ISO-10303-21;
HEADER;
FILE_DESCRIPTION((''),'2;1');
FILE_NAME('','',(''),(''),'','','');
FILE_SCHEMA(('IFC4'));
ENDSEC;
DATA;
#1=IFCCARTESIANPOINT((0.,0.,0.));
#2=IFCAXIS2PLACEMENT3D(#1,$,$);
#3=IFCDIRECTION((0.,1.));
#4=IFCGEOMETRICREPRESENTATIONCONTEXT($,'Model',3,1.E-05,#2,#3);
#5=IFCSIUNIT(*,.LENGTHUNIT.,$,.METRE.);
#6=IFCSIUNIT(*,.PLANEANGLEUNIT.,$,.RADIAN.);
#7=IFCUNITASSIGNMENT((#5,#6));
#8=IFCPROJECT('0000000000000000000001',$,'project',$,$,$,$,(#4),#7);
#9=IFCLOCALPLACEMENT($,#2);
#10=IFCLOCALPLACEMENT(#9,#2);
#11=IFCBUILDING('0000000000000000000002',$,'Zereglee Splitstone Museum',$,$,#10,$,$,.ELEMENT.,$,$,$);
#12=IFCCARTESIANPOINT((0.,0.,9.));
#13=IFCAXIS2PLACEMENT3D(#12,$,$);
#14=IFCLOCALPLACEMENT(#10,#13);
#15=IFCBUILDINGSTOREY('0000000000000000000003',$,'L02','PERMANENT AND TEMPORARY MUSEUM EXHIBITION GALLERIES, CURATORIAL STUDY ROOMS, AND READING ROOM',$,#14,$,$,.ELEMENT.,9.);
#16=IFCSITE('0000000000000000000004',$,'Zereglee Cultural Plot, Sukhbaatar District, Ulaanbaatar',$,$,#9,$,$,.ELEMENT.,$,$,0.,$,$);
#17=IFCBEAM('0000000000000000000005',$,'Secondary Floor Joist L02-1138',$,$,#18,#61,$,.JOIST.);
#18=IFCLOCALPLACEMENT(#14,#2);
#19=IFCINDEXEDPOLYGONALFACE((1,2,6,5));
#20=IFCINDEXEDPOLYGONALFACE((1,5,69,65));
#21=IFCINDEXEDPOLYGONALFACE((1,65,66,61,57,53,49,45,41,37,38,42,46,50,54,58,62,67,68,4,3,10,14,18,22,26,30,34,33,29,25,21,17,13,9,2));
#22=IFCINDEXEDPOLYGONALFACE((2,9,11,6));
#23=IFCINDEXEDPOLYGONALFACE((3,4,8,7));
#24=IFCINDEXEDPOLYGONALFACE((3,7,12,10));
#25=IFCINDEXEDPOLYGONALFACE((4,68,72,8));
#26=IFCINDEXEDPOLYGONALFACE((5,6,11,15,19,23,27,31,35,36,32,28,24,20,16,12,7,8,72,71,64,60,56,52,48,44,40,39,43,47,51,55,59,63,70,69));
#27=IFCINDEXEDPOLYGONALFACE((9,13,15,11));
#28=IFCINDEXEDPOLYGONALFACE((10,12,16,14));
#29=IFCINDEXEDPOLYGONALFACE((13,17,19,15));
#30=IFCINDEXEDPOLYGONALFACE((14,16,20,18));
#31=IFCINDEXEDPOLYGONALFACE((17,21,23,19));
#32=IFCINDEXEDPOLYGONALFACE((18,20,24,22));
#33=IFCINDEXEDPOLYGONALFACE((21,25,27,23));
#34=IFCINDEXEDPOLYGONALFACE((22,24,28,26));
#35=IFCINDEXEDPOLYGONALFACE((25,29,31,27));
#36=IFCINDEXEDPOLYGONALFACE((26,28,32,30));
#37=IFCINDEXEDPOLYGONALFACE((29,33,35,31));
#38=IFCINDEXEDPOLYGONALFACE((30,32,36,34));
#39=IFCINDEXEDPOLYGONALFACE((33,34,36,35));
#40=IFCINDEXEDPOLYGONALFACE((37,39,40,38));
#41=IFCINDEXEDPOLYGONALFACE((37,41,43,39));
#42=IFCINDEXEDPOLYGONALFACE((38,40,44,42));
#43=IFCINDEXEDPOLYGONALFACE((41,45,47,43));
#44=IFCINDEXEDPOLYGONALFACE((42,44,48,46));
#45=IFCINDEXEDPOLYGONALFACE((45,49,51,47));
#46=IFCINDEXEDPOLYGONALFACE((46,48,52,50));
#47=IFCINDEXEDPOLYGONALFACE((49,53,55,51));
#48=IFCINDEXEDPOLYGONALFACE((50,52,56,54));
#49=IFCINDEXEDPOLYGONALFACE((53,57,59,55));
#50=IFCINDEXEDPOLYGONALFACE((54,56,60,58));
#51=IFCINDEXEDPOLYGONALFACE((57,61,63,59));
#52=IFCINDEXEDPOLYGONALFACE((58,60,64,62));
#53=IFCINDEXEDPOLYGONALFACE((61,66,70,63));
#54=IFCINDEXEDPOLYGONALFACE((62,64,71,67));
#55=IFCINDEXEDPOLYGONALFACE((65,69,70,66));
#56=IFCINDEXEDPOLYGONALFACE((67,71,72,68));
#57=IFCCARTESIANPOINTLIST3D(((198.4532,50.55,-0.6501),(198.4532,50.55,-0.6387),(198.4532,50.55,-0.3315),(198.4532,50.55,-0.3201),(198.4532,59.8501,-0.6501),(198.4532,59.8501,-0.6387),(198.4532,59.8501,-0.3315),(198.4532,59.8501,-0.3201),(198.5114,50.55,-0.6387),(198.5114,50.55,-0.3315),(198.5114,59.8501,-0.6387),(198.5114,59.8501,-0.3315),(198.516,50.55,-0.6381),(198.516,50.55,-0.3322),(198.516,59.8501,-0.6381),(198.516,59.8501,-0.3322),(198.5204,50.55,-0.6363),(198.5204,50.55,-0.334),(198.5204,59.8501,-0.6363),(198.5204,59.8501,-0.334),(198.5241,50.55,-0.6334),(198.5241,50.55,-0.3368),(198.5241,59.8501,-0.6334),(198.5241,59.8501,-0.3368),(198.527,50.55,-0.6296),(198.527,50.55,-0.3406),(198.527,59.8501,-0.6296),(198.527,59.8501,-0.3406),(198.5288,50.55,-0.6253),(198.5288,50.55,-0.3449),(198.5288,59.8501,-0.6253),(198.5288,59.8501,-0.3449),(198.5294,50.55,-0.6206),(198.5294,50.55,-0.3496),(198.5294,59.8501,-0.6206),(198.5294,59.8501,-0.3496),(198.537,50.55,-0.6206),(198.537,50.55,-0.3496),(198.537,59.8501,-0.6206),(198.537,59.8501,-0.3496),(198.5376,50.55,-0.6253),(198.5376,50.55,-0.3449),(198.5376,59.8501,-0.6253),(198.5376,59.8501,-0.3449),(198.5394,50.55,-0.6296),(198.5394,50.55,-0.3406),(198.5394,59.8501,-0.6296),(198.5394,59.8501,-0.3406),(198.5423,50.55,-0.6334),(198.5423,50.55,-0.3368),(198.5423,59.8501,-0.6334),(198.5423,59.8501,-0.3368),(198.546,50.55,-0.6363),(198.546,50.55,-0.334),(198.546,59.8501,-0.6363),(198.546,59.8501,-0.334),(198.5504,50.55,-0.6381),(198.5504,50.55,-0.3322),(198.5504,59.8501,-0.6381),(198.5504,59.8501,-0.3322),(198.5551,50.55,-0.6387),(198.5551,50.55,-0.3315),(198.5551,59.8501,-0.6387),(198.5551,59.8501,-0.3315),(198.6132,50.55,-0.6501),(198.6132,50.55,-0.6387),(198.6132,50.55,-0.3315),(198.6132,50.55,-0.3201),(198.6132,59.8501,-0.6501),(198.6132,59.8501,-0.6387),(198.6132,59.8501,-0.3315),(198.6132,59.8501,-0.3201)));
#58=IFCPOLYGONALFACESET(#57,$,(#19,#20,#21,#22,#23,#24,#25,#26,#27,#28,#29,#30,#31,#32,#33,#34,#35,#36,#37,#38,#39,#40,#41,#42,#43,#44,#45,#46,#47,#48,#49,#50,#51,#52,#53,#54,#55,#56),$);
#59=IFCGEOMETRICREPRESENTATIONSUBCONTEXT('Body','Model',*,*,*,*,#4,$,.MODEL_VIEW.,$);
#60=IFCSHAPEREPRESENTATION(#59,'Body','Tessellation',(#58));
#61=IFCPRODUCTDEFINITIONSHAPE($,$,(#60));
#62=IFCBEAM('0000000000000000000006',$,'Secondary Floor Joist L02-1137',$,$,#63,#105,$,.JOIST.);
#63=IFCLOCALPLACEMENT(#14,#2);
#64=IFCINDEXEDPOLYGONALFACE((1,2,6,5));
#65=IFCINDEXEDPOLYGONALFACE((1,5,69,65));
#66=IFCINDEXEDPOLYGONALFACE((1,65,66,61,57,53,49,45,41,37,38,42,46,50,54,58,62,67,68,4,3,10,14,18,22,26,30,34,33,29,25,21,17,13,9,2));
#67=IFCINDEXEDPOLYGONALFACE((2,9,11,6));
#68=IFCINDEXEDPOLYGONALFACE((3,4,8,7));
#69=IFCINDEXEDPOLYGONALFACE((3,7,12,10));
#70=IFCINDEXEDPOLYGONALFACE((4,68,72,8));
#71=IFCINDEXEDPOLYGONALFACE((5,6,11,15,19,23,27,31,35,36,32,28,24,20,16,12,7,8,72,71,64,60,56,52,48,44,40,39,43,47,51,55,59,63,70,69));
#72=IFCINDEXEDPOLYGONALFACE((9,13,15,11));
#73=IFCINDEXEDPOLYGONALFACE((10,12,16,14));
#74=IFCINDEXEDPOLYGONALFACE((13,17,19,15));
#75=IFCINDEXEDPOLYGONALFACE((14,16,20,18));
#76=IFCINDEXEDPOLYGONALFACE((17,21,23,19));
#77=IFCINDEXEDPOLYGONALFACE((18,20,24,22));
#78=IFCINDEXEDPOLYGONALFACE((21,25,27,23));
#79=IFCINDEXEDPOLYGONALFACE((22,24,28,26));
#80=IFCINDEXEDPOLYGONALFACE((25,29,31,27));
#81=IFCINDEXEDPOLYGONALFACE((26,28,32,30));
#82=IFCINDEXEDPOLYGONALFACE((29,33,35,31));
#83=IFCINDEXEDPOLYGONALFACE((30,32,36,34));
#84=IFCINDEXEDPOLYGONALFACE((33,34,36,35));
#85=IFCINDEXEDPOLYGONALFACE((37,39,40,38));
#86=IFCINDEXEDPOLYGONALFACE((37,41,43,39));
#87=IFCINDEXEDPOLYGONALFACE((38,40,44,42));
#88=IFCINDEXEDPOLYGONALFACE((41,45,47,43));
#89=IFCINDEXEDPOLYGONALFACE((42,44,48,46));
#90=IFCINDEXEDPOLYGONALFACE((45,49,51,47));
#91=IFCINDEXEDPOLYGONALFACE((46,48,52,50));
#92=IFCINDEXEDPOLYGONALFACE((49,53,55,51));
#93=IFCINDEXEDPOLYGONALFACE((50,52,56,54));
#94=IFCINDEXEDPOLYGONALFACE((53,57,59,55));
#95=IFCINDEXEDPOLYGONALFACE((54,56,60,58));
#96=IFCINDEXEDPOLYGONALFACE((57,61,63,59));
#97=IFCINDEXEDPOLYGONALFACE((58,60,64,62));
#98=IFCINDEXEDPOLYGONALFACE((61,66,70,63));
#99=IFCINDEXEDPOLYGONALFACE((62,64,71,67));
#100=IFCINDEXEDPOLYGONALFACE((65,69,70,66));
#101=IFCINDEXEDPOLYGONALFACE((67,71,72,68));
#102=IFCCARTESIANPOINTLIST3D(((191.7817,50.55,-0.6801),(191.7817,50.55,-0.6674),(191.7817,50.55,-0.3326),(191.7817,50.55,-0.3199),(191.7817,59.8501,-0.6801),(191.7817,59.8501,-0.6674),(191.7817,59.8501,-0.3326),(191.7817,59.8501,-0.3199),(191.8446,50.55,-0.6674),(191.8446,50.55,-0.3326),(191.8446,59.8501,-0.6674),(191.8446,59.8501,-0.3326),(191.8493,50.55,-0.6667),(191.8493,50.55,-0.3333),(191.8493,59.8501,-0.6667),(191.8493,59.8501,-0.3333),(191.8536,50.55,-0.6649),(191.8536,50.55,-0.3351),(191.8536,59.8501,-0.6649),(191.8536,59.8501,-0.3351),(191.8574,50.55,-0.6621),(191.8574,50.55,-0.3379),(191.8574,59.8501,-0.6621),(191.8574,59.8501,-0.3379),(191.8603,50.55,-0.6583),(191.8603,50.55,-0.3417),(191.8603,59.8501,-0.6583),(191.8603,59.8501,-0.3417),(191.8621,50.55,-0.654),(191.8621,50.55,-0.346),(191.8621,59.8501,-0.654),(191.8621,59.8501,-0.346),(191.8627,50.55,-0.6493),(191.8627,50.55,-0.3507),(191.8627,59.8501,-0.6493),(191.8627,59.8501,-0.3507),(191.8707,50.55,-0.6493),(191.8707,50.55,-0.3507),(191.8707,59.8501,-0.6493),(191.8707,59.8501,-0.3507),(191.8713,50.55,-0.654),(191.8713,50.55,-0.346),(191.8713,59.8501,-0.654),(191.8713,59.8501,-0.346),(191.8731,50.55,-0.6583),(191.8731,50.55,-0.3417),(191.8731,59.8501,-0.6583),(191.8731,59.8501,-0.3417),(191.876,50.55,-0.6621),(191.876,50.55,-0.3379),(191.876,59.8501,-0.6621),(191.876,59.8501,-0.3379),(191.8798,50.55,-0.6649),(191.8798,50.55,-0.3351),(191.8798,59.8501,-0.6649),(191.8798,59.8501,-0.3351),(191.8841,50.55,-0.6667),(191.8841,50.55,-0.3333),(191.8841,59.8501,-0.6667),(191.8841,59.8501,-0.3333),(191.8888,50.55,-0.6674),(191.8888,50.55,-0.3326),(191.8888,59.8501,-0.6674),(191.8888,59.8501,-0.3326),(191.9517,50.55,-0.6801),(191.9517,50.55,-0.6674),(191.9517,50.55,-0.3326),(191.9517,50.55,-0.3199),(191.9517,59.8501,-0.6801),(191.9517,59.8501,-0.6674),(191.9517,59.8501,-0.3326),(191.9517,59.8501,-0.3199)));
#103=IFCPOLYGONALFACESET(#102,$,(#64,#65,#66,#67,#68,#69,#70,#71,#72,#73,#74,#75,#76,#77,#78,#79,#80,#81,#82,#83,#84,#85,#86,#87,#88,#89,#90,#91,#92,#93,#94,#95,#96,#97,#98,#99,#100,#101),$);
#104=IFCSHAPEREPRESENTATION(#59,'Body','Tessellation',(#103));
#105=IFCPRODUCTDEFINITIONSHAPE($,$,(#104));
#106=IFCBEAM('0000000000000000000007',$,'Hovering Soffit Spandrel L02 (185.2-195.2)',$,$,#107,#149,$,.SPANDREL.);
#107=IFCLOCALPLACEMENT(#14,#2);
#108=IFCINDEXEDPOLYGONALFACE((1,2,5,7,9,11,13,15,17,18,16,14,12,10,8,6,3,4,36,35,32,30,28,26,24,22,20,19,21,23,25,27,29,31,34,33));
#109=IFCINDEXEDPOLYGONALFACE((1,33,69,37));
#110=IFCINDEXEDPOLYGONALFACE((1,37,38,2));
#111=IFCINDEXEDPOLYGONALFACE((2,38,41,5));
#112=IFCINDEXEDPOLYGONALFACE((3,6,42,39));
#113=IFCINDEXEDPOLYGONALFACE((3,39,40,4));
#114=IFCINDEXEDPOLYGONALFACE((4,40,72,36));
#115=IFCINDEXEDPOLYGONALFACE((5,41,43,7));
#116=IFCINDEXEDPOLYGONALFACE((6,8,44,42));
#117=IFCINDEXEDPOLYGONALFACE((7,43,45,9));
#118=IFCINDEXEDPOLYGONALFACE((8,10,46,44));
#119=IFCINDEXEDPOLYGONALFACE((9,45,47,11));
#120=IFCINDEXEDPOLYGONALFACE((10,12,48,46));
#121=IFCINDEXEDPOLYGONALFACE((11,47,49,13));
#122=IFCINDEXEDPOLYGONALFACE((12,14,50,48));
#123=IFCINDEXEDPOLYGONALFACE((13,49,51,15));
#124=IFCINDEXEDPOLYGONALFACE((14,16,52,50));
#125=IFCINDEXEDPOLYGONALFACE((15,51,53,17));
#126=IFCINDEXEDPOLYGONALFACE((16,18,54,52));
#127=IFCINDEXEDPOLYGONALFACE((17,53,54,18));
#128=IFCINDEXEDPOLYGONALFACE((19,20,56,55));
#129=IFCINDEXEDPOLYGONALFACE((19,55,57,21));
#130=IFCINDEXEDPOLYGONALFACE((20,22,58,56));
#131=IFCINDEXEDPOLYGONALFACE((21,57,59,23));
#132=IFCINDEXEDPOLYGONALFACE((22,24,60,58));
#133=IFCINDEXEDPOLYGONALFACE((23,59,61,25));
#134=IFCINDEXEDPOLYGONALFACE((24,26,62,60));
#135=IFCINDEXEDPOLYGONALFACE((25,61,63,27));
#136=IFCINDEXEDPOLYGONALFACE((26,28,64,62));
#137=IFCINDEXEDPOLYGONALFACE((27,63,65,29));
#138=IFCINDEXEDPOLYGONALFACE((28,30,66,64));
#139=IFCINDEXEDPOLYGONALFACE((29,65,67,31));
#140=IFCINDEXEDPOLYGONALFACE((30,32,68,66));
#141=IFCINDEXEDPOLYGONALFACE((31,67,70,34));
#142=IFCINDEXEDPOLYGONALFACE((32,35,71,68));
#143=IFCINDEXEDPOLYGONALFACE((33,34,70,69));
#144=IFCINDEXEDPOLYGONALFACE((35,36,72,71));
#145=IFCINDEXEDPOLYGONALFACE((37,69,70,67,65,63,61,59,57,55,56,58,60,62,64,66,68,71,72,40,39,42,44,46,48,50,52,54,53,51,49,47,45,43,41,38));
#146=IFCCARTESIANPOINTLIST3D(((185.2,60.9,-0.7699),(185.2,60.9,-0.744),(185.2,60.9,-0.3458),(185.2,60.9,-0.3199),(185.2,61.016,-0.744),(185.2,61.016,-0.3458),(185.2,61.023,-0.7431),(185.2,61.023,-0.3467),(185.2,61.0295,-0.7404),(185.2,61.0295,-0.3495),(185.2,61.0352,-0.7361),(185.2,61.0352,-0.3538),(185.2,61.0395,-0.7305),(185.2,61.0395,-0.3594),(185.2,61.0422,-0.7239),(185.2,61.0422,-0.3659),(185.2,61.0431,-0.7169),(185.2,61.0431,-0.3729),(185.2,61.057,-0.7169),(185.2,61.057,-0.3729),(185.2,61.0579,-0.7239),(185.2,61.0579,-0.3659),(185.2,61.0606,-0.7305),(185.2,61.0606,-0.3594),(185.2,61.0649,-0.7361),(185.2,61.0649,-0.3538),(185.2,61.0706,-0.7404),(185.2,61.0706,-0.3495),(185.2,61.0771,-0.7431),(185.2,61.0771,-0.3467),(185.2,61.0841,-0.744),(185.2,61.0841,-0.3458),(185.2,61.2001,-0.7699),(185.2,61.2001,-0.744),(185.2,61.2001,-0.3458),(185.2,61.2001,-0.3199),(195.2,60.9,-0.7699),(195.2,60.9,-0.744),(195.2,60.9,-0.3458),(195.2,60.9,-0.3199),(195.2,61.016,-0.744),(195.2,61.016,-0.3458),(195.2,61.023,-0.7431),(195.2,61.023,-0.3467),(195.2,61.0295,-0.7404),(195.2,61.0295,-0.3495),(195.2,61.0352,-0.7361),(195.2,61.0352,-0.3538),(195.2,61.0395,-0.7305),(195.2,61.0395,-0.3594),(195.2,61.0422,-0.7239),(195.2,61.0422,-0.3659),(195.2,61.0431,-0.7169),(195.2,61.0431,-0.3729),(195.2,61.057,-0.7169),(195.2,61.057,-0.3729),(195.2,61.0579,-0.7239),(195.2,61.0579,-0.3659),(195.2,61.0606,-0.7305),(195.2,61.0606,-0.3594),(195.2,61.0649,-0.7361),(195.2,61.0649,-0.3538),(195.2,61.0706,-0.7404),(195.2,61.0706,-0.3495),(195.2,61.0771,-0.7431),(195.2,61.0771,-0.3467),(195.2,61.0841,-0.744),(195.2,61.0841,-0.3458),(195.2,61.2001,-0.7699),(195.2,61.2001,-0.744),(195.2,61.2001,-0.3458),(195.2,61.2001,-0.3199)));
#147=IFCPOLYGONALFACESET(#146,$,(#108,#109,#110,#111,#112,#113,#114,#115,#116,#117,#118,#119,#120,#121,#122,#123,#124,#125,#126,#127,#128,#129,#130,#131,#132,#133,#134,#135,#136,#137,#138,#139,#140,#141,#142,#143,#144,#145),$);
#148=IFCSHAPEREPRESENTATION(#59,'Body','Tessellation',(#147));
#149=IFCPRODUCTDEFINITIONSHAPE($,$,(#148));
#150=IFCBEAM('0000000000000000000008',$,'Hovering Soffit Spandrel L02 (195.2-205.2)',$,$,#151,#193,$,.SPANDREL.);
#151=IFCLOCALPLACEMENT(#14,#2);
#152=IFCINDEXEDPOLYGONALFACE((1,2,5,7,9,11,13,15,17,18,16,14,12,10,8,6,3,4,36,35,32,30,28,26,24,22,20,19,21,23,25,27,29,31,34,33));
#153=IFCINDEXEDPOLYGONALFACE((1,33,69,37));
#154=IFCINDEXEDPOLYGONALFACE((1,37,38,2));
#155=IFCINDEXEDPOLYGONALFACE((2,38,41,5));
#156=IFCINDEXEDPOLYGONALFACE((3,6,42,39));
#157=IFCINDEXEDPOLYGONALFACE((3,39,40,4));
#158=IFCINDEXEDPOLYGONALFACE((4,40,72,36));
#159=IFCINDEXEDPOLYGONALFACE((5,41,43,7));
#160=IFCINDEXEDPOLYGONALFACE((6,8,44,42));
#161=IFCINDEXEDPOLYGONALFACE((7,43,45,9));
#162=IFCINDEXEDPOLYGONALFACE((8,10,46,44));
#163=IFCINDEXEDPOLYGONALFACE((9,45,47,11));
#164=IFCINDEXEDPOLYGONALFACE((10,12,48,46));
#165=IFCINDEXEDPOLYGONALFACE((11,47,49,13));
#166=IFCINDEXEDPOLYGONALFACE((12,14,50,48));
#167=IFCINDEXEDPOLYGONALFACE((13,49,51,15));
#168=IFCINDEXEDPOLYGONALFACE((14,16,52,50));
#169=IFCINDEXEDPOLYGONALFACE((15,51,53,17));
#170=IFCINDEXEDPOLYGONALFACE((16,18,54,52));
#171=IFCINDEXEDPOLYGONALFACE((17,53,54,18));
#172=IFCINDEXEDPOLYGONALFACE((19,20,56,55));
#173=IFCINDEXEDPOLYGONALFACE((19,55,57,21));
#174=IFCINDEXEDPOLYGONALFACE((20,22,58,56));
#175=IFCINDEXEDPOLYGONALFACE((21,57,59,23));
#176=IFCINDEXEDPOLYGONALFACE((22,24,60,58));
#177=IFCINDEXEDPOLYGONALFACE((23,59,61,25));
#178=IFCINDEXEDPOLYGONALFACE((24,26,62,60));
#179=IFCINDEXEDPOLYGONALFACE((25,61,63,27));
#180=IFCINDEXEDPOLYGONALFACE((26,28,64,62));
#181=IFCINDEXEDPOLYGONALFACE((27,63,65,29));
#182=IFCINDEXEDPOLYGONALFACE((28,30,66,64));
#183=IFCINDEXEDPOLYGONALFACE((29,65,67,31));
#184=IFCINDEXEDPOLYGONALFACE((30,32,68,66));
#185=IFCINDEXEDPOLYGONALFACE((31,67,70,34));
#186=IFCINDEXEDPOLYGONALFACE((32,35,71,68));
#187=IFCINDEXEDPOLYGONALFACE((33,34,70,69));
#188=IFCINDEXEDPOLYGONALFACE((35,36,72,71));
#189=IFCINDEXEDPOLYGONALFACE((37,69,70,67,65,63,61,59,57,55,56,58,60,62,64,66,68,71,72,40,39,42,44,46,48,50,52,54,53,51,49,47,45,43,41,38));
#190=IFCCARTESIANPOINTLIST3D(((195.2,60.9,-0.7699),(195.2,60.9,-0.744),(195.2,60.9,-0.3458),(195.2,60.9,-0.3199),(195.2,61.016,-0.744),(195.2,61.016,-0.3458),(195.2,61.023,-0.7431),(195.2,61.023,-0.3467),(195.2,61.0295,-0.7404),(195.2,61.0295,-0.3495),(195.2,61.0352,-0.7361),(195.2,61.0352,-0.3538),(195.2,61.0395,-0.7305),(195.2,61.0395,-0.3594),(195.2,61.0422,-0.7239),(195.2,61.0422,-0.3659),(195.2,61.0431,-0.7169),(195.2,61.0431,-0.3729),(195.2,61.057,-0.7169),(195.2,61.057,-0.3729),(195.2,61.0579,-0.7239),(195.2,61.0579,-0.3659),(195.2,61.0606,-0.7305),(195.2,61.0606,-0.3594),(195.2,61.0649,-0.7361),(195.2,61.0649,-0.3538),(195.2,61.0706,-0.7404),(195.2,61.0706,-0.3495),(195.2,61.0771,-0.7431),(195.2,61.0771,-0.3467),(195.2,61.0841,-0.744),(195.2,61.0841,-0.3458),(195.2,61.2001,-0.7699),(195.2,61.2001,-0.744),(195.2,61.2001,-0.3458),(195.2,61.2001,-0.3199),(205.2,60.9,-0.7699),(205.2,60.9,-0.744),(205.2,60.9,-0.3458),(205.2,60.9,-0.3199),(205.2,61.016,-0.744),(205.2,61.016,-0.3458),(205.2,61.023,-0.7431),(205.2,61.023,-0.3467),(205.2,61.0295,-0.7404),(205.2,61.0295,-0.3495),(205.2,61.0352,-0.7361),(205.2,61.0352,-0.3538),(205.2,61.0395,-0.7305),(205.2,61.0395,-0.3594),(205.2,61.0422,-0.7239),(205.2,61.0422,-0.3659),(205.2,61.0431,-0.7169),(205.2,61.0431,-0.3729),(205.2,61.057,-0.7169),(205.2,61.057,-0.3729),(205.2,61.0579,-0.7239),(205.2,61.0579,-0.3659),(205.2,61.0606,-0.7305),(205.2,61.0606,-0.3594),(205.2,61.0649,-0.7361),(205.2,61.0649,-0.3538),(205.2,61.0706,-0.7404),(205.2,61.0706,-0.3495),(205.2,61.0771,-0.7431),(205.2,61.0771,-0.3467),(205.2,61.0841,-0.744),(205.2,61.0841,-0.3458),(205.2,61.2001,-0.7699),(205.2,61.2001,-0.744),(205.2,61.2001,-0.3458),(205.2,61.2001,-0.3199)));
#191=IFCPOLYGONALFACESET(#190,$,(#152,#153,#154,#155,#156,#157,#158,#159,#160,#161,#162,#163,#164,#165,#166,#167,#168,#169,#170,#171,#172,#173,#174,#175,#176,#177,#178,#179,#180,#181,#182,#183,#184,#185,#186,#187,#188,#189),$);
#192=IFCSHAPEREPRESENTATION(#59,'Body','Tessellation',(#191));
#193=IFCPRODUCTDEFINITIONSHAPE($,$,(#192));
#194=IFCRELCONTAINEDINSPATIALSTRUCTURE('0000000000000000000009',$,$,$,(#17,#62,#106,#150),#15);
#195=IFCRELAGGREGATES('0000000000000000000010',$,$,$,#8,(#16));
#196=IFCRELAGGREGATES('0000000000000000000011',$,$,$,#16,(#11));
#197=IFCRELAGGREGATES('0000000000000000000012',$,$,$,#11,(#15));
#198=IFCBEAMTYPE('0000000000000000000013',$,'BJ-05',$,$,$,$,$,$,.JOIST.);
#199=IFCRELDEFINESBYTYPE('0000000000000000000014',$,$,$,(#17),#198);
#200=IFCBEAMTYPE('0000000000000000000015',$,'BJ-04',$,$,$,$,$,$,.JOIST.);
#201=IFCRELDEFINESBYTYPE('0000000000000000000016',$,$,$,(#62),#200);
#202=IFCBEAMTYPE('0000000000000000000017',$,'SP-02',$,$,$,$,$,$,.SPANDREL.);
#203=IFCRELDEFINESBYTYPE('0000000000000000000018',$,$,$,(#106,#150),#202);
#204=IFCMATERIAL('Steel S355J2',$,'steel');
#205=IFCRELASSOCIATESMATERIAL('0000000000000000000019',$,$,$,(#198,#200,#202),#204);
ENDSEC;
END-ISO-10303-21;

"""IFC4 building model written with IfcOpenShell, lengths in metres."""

from ifc_helpers import new_model, si_unit, direction, frame, origin, origin_2d, place, context, subcontext, project, spatial, i_section, extrude, material, material_profile, profile_set, type_object, element, save


model = new_model("IFC4")

# Units and contexts
model_context = context("Model", 3, precision=1e-05, world=origin(), true_north=direction((0.0, 1.0)))
body_context = subcontext(model_context, "Body", "Model", "MODEL_VIEW")
ifc_project = project(units=[si_unit("LENGTHUNIT", "METRE"), si_unit("PLANEANGLEUNIT", "RADIAN")], contexts=[model_context])

# Site, building, storey
site_placement = place(None, origin())
site = spatial("IfcSite", under=ifc_project, at=site_placement, Name="Zereglee Cultural Plot, Sukhbaatar District, Ulaanbaatar", CompositionType="ELEMENT", RefElevation=0.0)
building_placement = place(site_placement, origin())
building = spatial("IfcBuilding", under=site, at=building_placement, Name="Zereglee Splitstone Museum", CompositionType="ELEMENT")
storey_placement = place(building_placement, frame((0.0, 0.0, 9.0)))
storey = spatial("IfcBuildingStorey", under=building, at=storey_placement, Name="L02", Description="PERMANENT AND TEMPORARY MUSEUM EXHIBITION GALLERIES, CURATORIAL STUDY ROOMS, AND READING ROOM", CompositionType="ELEMENT", Elevation=9.0)

# Shared definitions
ifc_material_1 = material(Name="Steel S355J2", Category="steel")

# Beams
ifc_material_profile_1 = material_profile(ifc_material_1, i_section(OverallWidth=0.1599, OverallDepth=0.3301, WebThickness=0.0076, FlangeThickness=0.0115, FilletRadius=0.0181, at=origin_2d()), Name="IPE 330")
ifc_profile_set_1 = profile_set([ifc_material_profile_1], Name="Steel S355J2")
beam_type_1 = type_object("IfcBeamType", Name="BJ-05", PredefinedType="JOIST", material=ifc_profile_set_1)
beam_1_placement = place(storey_placement, frame((198.5332, 50.55, -0.4851), z_axis=(0.0, 1.0, 0.0), x_axis=(-1.0, 0.0, 0.0)))
element("IfcBeam", 1, at=beam_1_placement, inside=storey, type_object=beam_type_1, Name="Secondary Floor Joist L02-1138", PredefinedType="JOIST", context=body_context, shape_type="SweptSolid", body=[
    extrude(i_section(OverallWidth=0.1599, OverallDepth=0.3301, WebThickness=0.0076, FlangeThickness=0.0115, FilletRadius=0.0181, at=origin_2d()), origin(), (0.0, 0.0, 1.0), 9.3),
])
ifc_material_profile_2 = material_profile(ifc_material_1, i_section(OverallWidth=0.1699, OverallDepth=0.3601, WebThickness=0.0081, FlangeThickness=0.0127, FilletRadius=0.0181, at=origin_2d()), Name="IPE 360")
ifc_profile_set_2 = profile_set([ifc_material_profile_2], Name="Steel S355J2")
beam_type_2 = type_object("IfcBeamType", Name="BJ-04", PredefinedType="JOIST", material=ifc_profile_set_2)
beam_2_placement = place(storey_placement, frame((191.8667, 50.55, -0.5), z_axis=(0.0, 1.0, 0.0), x_axis=(-1.0, 0.0, 0.0)))
element("IfcBeam", 2, at=beam_2_placement, inside=storey, type_object=beam_type_2, Name="Secondary Floor Joist L02-1137", PredefinedType="JOIST", context=body_context, shape_type="SweptSolid", body=[
    extrude(i_section(OverallWidth=0.1699, OverallDepth=0.3601, WebThickness=0.0081, FlangeThickness=0.0127, FilletRadius=0.0181, at=origin_2d()), origin(), (0.0, 0.0, 1.0), 9.3),
])
ifc_material_profile_3 = material_profile(ifc_material_1, i_section(OverallWidth=0.3, OverallDepth=0.45, WebThickness=0.0139, FlangeThickness=0.0259, FilletRadius=0.0271, at=origin_2d()), Name="HE 450 B")
ifc_profile_set_3 = profile_set([ifc_material_profile_3], Name="Steel S355J2")
beam_type_3 = type_object("IfcBeamType", Name="SP-02", PredefinedType="SPANDREL", material=ifc_profile_set_3)
for number, where, z_axis, x_axis, name in (
    (3, (185.2, 61.05, -0.5449), (1.0, 0.0, 0.0), (0.0, 1.0, 0.0), "Hovering Soffit Spandrel L02 (185.2-195.2)"),
    (4, (195.2, 61.05, -0.5449), (1.0, 0.0, 0.0), (0.0, 1.0, 0.0), "Hovering Soffit Spandrel L02 (195.2-205.2)"),
):
    element("IfcBeam", number, at=place(storey_placement, frame(where, z_axis=z_axis, x_axis=x_axis)), inside=storey, type_object=beam_type_3, Name=name, PredefinedType="SPANDREL", context=body_context, shape_type="SweptSolid", body=[
        extrude(i_section(OverallWidth=0.3, OverallDepth=0.45, WebThickness=0.0139, FlangeThickness=0.0259, FilletRadius=0.0271, at=origin_2d()), origin(), (0.0, 0.0, 1.0), 10.0),
    ])

save(model, "model.ifc")
